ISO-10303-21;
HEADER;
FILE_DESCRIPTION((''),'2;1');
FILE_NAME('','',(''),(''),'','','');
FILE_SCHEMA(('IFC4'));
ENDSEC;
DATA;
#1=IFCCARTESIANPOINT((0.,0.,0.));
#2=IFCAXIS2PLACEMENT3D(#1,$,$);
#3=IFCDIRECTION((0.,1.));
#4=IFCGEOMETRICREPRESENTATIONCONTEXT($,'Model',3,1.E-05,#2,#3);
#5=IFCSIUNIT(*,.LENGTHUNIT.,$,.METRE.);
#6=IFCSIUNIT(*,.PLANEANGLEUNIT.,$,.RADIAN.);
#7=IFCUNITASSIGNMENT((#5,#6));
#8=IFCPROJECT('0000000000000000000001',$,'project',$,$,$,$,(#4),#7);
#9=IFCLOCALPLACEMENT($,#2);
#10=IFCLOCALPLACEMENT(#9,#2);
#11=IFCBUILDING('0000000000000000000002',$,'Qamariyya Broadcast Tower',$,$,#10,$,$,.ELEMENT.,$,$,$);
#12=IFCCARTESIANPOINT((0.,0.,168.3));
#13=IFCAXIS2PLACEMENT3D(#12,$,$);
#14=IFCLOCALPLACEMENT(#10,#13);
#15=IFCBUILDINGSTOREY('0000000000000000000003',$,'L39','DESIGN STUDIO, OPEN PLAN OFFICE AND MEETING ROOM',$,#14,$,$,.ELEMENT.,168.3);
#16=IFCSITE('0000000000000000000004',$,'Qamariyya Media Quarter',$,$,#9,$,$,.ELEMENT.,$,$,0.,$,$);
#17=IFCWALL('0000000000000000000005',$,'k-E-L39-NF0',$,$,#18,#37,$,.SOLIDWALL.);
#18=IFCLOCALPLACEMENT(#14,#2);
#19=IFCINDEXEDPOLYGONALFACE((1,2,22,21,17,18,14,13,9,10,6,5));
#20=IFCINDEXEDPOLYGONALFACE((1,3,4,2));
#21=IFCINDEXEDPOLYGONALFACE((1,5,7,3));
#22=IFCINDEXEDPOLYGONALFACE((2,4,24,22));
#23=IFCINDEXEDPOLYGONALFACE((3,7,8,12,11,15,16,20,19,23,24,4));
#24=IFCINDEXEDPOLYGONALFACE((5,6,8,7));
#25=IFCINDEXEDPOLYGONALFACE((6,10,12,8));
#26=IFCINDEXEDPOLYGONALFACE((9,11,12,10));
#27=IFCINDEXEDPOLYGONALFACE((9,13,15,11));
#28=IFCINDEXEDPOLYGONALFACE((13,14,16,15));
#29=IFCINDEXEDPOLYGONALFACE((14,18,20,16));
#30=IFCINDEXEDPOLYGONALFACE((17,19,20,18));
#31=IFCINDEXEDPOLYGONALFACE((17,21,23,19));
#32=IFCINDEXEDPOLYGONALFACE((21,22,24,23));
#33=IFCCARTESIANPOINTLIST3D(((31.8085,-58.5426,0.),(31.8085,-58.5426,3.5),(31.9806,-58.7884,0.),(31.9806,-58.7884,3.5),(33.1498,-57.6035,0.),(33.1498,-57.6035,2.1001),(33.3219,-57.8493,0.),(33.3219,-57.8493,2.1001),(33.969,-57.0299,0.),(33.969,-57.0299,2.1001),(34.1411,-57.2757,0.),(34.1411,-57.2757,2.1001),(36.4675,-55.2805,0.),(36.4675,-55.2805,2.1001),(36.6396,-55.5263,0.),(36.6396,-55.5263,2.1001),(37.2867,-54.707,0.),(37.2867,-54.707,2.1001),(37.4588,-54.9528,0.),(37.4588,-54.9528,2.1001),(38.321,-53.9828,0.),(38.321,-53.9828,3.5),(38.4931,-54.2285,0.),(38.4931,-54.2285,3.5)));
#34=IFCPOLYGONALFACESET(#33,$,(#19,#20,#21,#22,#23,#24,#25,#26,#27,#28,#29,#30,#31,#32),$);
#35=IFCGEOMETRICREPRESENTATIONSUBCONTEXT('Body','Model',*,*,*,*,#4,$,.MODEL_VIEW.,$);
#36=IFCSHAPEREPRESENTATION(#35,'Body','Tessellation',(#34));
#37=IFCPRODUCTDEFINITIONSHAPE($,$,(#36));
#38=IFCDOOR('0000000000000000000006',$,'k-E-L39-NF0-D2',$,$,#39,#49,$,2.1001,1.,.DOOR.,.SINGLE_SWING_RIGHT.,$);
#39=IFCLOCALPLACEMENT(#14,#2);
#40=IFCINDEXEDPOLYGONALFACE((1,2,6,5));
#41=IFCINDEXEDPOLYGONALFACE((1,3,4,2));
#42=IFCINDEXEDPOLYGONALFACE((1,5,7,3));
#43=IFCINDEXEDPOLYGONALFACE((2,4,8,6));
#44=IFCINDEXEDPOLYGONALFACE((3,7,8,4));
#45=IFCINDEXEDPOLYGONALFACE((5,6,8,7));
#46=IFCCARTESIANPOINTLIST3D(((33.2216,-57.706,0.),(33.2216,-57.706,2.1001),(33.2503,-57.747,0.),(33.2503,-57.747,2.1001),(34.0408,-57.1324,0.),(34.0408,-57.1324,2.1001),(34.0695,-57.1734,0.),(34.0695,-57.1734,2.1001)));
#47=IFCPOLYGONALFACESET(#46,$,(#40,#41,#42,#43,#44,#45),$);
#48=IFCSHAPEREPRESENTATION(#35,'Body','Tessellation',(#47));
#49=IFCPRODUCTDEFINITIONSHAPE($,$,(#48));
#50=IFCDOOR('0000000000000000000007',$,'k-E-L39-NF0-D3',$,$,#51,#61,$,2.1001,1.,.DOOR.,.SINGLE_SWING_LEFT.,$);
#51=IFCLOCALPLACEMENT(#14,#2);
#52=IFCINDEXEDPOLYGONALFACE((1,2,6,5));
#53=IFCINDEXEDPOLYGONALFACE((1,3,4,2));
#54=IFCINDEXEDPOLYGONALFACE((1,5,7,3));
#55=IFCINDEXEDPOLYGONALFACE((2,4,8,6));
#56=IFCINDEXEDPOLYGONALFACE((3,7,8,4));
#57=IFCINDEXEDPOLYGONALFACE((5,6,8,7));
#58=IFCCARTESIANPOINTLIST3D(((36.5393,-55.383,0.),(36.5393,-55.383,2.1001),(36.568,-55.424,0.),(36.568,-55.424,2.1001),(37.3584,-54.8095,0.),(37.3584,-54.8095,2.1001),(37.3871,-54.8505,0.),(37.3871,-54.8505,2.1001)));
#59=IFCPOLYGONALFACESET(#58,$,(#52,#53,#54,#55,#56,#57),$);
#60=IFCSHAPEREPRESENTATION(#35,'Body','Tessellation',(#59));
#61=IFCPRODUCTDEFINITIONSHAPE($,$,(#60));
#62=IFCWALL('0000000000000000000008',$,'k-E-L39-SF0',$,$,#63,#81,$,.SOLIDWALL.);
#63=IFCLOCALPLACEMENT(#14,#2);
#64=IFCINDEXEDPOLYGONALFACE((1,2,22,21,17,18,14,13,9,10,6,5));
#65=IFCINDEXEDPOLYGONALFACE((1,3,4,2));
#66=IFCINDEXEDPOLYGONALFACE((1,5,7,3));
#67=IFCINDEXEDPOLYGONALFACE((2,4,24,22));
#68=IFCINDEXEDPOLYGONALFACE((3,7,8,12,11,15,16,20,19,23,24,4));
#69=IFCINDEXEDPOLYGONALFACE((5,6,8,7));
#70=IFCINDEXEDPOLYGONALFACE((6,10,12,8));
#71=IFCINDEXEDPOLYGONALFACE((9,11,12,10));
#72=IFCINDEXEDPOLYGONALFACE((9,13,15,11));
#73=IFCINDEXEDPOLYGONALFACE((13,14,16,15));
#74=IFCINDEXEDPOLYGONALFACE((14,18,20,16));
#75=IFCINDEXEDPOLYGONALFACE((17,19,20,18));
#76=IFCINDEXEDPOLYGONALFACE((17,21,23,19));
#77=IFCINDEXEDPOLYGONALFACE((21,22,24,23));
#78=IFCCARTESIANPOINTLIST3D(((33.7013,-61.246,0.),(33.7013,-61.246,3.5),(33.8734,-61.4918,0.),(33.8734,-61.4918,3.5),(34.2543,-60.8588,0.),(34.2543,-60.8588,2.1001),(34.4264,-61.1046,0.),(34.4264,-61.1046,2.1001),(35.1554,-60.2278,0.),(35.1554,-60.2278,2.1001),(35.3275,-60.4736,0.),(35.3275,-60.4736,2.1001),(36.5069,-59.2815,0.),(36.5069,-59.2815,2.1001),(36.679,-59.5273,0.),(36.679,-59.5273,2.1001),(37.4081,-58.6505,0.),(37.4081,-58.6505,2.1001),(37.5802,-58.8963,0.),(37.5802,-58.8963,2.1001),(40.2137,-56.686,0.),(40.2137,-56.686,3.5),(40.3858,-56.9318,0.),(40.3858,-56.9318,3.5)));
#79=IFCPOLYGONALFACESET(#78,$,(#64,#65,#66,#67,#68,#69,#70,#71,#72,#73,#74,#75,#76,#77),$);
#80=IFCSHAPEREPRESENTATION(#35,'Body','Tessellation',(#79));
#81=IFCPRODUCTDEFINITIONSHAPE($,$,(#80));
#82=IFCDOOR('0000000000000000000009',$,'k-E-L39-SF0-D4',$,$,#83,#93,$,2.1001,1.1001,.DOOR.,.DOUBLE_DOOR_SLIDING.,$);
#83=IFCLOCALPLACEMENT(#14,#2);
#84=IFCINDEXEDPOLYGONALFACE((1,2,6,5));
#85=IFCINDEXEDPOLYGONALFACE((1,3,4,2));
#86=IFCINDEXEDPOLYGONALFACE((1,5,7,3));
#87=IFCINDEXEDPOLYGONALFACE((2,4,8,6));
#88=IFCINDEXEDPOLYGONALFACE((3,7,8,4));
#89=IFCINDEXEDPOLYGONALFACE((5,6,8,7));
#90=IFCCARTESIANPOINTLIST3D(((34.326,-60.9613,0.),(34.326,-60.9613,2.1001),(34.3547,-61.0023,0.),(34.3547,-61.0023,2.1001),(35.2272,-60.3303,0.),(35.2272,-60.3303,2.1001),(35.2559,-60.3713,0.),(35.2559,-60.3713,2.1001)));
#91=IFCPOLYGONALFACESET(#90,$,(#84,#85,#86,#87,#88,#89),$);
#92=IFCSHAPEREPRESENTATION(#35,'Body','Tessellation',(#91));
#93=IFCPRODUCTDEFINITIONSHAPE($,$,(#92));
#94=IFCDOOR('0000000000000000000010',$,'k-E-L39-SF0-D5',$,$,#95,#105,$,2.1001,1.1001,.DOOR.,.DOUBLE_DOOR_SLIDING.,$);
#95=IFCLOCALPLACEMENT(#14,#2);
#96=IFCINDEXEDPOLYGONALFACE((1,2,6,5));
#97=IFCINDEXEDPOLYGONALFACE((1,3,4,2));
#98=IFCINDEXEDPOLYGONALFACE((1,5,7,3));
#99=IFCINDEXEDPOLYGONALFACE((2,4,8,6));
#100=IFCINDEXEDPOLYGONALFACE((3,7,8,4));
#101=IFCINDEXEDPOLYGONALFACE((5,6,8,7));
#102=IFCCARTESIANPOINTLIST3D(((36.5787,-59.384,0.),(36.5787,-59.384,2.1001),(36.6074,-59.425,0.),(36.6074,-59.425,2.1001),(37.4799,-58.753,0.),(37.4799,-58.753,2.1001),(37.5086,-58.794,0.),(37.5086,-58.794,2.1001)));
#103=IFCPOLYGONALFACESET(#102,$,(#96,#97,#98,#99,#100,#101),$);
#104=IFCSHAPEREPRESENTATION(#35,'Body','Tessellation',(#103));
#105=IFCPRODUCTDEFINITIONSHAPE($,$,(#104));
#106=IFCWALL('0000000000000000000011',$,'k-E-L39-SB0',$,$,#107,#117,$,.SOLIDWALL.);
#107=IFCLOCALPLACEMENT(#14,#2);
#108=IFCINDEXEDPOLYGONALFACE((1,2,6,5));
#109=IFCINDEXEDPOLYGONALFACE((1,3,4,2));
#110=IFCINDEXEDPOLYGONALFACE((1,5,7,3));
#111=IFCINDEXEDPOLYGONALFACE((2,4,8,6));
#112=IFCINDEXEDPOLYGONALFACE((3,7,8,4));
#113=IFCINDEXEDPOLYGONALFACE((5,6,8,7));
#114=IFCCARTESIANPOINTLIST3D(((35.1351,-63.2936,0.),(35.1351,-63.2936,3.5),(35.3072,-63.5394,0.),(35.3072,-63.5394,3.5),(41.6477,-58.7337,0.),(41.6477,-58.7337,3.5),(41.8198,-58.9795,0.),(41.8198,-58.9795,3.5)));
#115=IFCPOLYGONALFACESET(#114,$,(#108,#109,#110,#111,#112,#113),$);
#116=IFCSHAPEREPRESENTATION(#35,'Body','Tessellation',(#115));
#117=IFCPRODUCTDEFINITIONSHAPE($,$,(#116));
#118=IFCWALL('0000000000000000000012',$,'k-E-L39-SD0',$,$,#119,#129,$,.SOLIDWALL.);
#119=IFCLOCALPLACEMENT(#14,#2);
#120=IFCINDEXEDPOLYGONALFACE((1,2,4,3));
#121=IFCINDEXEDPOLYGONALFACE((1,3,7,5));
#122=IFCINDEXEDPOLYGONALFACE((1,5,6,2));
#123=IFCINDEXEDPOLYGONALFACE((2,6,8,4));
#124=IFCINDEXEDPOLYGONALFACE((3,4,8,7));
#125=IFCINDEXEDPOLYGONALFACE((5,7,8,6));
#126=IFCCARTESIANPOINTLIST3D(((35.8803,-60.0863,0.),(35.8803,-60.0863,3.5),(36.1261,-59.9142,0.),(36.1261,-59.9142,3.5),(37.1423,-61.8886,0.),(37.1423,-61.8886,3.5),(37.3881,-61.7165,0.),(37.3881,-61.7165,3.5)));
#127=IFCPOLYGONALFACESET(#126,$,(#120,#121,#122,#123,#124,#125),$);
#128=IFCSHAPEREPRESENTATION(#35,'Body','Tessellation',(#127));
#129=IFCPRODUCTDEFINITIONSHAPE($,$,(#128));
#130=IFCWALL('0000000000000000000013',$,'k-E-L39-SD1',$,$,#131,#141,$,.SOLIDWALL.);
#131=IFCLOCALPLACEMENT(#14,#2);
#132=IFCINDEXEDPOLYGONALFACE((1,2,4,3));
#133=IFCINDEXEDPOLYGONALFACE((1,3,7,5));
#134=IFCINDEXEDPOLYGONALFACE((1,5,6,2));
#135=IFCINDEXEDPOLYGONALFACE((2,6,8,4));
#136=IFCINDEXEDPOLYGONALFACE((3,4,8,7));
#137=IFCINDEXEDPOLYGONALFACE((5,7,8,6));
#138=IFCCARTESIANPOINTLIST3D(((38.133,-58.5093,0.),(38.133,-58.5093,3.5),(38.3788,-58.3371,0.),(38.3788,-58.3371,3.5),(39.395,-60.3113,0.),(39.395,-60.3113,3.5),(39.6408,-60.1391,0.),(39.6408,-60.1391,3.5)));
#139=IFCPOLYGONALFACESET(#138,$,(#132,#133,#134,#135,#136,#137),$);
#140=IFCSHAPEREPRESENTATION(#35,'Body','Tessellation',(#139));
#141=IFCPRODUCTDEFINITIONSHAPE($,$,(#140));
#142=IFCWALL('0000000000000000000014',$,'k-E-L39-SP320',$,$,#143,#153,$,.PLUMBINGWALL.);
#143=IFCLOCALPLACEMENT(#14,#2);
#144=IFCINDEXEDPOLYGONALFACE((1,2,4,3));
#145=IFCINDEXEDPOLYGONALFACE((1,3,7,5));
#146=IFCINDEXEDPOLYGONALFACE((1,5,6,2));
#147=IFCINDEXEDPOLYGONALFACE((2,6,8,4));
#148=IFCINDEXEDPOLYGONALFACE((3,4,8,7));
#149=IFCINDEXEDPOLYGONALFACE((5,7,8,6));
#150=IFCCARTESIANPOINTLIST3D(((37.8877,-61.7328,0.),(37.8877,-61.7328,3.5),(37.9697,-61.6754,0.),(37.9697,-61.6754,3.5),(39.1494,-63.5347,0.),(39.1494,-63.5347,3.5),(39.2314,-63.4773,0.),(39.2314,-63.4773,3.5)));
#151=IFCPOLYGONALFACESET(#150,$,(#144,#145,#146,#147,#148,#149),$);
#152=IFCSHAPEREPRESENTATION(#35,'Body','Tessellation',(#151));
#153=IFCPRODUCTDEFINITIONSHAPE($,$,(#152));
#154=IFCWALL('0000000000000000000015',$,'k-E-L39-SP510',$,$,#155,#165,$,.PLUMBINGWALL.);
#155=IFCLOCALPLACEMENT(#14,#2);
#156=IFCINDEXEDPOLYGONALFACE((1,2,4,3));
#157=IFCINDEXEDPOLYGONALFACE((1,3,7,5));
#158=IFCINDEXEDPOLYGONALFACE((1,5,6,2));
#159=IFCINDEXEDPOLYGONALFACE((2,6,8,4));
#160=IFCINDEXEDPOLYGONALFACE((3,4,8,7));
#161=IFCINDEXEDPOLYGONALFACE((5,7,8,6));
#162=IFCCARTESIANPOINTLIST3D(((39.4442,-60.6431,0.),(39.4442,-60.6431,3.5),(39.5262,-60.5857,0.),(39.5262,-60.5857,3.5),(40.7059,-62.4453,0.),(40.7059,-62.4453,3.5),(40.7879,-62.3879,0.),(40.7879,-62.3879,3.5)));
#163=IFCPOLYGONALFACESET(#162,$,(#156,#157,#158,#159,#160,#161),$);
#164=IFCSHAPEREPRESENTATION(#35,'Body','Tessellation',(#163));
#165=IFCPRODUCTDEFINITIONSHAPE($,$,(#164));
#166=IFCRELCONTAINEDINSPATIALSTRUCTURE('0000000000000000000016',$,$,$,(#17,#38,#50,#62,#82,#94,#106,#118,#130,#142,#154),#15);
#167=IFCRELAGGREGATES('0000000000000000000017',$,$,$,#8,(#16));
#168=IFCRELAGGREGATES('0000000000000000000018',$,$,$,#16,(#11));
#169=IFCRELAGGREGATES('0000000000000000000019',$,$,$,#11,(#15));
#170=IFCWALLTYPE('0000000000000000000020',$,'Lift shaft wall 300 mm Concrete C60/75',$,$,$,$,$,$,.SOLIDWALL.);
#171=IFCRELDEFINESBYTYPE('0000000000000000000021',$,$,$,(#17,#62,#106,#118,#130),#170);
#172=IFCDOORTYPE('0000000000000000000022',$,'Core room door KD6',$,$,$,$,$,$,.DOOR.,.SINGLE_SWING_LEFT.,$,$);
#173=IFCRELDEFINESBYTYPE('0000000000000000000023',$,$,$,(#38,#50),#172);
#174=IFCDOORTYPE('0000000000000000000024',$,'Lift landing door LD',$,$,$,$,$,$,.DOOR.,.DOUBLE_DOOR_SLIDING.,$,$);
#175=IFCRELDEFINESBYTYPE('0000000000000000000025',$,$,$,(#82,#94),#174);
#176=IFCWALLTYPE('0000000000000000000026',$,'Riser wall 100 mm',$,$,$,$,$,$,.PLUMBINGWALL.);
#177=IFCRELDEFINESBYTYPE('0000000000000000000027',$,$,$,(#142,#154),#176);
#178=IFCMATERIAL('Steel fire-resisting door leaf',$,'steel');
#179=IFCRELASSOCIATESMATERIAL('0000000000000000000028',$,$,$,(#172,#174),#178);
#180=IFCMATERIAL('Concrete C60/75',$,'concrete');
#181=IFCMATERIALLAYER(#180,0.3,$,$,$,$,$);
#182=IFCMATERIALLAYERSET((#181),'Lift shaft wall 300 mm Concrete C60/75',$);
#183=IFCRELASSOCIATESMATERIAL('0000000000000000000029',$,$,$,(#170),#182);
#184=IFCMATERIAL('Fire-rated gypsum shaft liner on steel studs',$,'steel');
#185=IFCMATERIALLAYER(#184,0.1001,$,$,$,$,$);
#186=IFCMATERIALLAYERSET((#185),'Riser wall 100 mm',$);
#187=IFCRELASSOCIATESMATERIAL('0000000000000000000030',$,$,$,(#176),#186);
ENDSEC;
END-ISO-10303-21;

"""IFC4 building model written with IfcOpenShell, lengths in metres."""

from ifc_helpers import new_model, si_unit, direction, frame, frame_2d, origin, place, context, subcontext, project, spatial, rectangle, extrude, material, layer, layer_set, type_object, element, fill, save


model = new_model("IFC4")

# Units and contexts
model_context = context("Model", 3, precision=1e-05, world=origin(), true_north=direction((0.0, 1.0)))
body_context = subcontext(model_context, "Body", "Model", "MODEL_VIEW")
ifc_project = project(units=[si_unit("LENGTHUNIT", "METRE"), si_unit("PLANEANGLEUNIT", "RADIAN")], contexts=[model_context])

# Site, building, storey
site_placement = place(None, origin())
site = spatial("IfcSite", under=ifc_project, at=site_placement, Name="Qamariyya Media Quarter", CompositionType="ELEMENT", RefElevation=0.0)
building_placement = place(site_placement, origin())
building = spatial("IfcBuilding", under=site, at=building_placement, Name="Qamariyya Broadcast Tower", CompositionType="ELEMENT")
storey_placement = place(building_placement, frame((0.0, 0.0, 168.3)))
storey = spatial("IfcBuildingStorey", under=building, at=storey_placement, Name="L39", Description="DESIGN STUDIO, OPEN PLAN OFFICE AND MEETING ROOM", CompositionType="ELEMENT", Elevation=168.3)

# Shared definitions
ifc_material_1 = material(Name="Concrete C60/75", Category="concrete")

# Shared definitions
ifc_material_2 = material(Name="Steel fire-resisting door leaf", Category="steel")

# Walls, openings, doors
door_type_1 = type_object("IfcDoorType", Name="Core room door KD6", OperationType="SINGLE_SWING_LEFT", PredefinedType="DOOR", material=ifc_material_2)
ifc_layer_1 = layer(ifc_material_1, 0.3)
ifc_layer_set_1 = layer_set([ifc_layer_1], Name="Lift shaft wall 300 mm Concrete C60/75")
wall_type_1 = type_object("IfcWallType", Name="Lift shaft wall 300 mm Concrete C60/75", PredefinedType="SOLIDWALL", material=ifc_layer_set_1)
wall_1_placement = place(storey_placement, frame((31.8945, -58.6655, 0.0), z_axis=(0.0, 0.0, 1.0), x_axis=(0.819167, 0.573555, 0.0)))
wall_1 = element("IfcWall", 1, at=wall_1_placement, inside=storey, type_object=wall_type_1, Name="k-E-L39-NF0", PredefinedType="SOLIDWALL", context=body_context, shape_type="SweptSolid", body=[
    extrude(rectangle(XDim=7.9502, YDim=0.3, at=frame_2d((3.9751, 0.0))), origin(), (0.0, 0.0, 1.0), 3.5),
])
opening_1_placement = place(wall_1_placement, frame((1.6375, 0.0, 0.0)))
opening_1 = element("IfcOpeningElement", 2, at=opening_1_placement, cuts=wall_1, PredefinedType="OPENING", context=body_context, shape_type="SweptSolid", body=[
    extrude(rectangle(XDim=1.0, YDim=2.1001, at=frame_2d((0.5, 1.05))), frame((0.0, 0.1599, 0.0), z_axis=(0.0, -1.0, 0.0), x_axis=(1.0, 0.0, 0.0)), (0.0, 0.0, 1.0), 0.3201),
])
opening_2_placement = place(wall_1_placement, frame((5.6875, 0.0, 0.0)))
opening_2 = element("IfcOpeningElement", 3, at=opening_2_placement, cuts=wall_1, PredefinedType="OPENING", context=body_context, shape_type="SweptSolid", body=[
    extrude(rectangle(XDim=1.0, YDim=2.1001, at=frame_2d((0.5, 1.05))), frame((0.0, 0.1599, 0.0), z_axis=(0.0, -1.0, 0.0), x_axis=(1.0, 0.0, 0.0)), (0.0, 0.0, 1.0), 0.3201),
])
door_1_placement = place(opening_1_placement, origin())
door_1 = element("IfcDoor", 4, at=door_1_placement, inside=storey, type_object=door_type_1, Name="k-E-L39-NF0-D2", OperationType="SINGLE_SWING_RIGHT", OverallHeight=2.1001, OverallWidth=1.0, PredefinedType="DOOR", context=body_context, shape_type="SweptSolid", body=[
    extrude(rectangle(XDim=1.0, YDim=2.1001, at=frame_2d((0.5, 1.05))), frame((0.0, 0.0249, 0.0), z_axis=(0.0, -1.0, 0.0), x_axis=(1.0, 0.0, 0.0)), (0.0, 0.0, 1.0), 0.05),
])
fill(opening_1, door_1)
door_2_placement = place(opening_2_placement, origin())
door_2 = element("IfcDoor", 5, at=door_2_placement, inside=storey, type_object=door_type_1, Name="k-E-L39-NF0-D3", OperationType="SINGLE_SWING_LEFT", OverallHeight=2.1001, OverallWidth=1.0, PredefinedType="DOOR", context=body_context, shape_type="SweptSolid", body=[
    extrude(rectangle(XDim=1.0, YDim=2.1001, at=frame_2d((0.5, 1.05))), frame((0.0, 0.0249, 0.0), z_axis=(0.0, -1.0, 0.0), x_axis=(1.0, 0.0, 0.0)), (0.0, 0.0, 1.0), 0.05),
])
fill(opening_2, door_2)
wall_2_placement = place(storey_placement, frame((33.7874, -61.3689, 0.0), z_axis=(0.0, 0.0, 1.0), x_axis=(0.819153, 0.573576, 0.0)))
wall_2 = element("IfcWall", 6, at=wall_2_placement, inside=storey, type_object=wall_type_1, Name="k-E-L39-SF0", PredefinedType="SOLIDWALL", context=body_context, shape_type="SweptSolid", body=[
    extrude(rectangle(XDim=7.9502, YDim=0.3, at=frame_2d((3.9751, 0.0))), origin(), (0.0, 0.0, 1.0), 3.5),
])
opening_3_placement = place(wall_2_placement, frame((0.675, 0.0, 0.0)))
opening_3 = element("IfcOpeningElement", 7, at=opening_3_placement, cuts=wall_2, PredefinedType="OPENING", context=body_context, shape_type="SweptSolid", body=[
    extrude(rectangle(XDim=1.1001, YDim=2.1001, at=frame_2d((0.55, 1.05))), frame((0.0, 0.1599, 0.0), z_axis=(0.0, -1.0, 0.0), x_axis=(1.0, 0.0, 0.0)), (0.0, 0.0, 1.0), 0.3201),
])
opening_4_placement = place(wall_2_placement, frame((3.425, 0.0, 0.0)))
opening_4 = element("IfcOpeningElement", 8, at=opening_4_placement, cuts=wall_2, PredefinedType="OPENING", context=body_context, shape_type="SweptSolid", body=[
    extrude(rectangle(XDim=1.1001, YDim=2.1001, at=frame_2d((0.55, 1.05))), frame((0.0, 0.1599, 0.0), z_axis=(0.0, -1.0, 0.0), x_axis=(1.0, 0.0, 0.0)), (0.0, 0.0, 1.0), 0.3201),
])
door_type_2 = type_object("IfcDoorType", Name="Lift landing door LD", OperationType="DOUBLE_DOOR_SLIDING", PredefinedType="DOOR", material=ifc_material_2)
door_3_placement = place(opening_3_placement, origin())
door_3 = element("IfcDoor", 9, at=door_3_placement, inside=storey, type_object=door_type_2, Name="k-E-L39-SF0-D4", OperationType="DOUBLE_DOOR_SLIDING", OverallHeight=2.1001, OverallWidth=1.1001, PredefinedType="DOOR", context=body_context, shape_type="SweptSolid", body=[
    extrude(rectangle(XDim=1.1001, YDim=2.1001, at=frame_2d((0.55, 1.05))), frame((0.0, 0.0249, 0.0), z_axis=(0.0, -1.0, 0.0), x_axis=(1.0, 0.0, 0.0)), (0.0, 0.0, 1.0), 0.05),
])
fill(opening_3, door_3)
door_4_placement = place(opening_4_placement, origin())
door_4 = element("IfcDoor", 10, at=door_4_placement, inside=storey, type_object=door_type_2, Name="k-E-L39-SF0-D5", OperationType="DOUBLE_DOOR_SLIDING", OverallHeight=2.1001, OverallWidth=1.1001, PredefinedType="DOOR", context=body_context, shape_type="SweptSolid", body=[
    extrude(rectangle(XDim=1.1001, YDim=2.1001, at=frame_2d((0.55, 1.05))), frame((0.0, 0.0249, 0.0), z_axis=(0.0, -1.0, 0.0), x_axis=(1.0, 0.0, 0.0)), (0.0, 0.0, 1.0), 0.05),
])
fill(opening_4, door_4)

# Walls
wall_3_placement = place(storey_placement, frame((35.2212, -63.4165, 0.0), z_axis=(0.0, 0.0, 1.0), x_axis=(0.819167, 0.573555, 0.0)))
element("IfcWall", 11, at=wall_3_placement, inside=storey, type_object=wall_type_1, Name="k-E-L39-SB0", PredefinedType="SOLIDWALL", context=body_context, shape_type="SweptSolid", body=[
    extrude(rectangle(XDim=7.9502, YDim=0.3, at=frame_2d((3.9751, 0.0))), origin(), (0.0, 0.0, 1.0), 3.5),
])
wall_4_placement = place(storey_placement, frame((36.0032, -60.0002, 0.0), z_axis=(0.0, 0.0, 1.0), x_axis=(0.573581, -0.819149, 0.0)))
element("IfcWall", 12, at=wall_4_placement, inside=storey, type_object=wall_type_1, Name="k-E-L39-SD0", PredefinedType="SOLIDWALL", context=body_context, shape_type="SweptSolid", body=[
    extrude(rectangle(XDim=2.2002, YDim=0.3, at=frame_2d((1.1001, 0.0))), origin(), (0.0, 0.0, 1.0), 3.5),
])
wall_5_placement = place(storey_placement, frame((38.2559, -58.4231, 0.0), z_axis=(0.0, 0.0, 1.0), x_axis=(0.573634, -0.819112, 0.0)))
element("IfcWall", 13, at=wall_5_placement, inside=storey, type_object=wall_type_1, Name="k-E-L39-SD1", PredefinedType="SOLIDWALL", context=body_context, shape_type="SweptSolid", body=[
    extrude(rectangle(XDim=2.2, YDim=0.3, at=frame_2d((1.1001, 0.0))), origin(), (0.0, 0.0, 1.0), 3.5),
])
ifc_material_3 = material(Name="Fire-rated gypsum shaft liner on steel studs", Category="steel")
ifc_layer_2 = layer(ifc_material_3, 0.1001)
ifc_layer_set_2 = layer_set([ifc_layer_2], Name="Riser wall 100 mm")
wall_type_2 = type_object("IfcWallType", Name="Riser wall 100 mm", PredefinedType="PLUMBINGWALL", material=ifc_layer_set_2)
wall_6_placement = place(storey_placement, frame((37.9287, -61.7041, 0.0), z_axis=(0.0, 0.0, 1.0), x_axis=(0.573559, -0.819164, 0.0)))
element("IfcWall", 14, at=wall_6_placement, inside=storey, type_object=wall_type_2, Name="k-E-L39-SP320", PredefinedType="PLUMBINGWALL", context=body_context, shape_type="SweptSolid", body=[
    extrude(rectangle(XDim=2.1997, YDim=0.1001, at=frame_2d((1.0999, 0.0))), origin(), (0.0, 0.0, 1.0), 3.5),
])
wall_7_placement = place(storey_placement, frame((39.4851, -60.6143, 0.0), z_axis=(0.0, 0.0, 1.0), x_axis=(0.573507, -0.819201, 0.0)))
element("IfcWall", 15, at=wall_7_placement, inside=storey, type_object=wall_type_2, Name="k-E-L39-SP510", PredefinedType="PLUMBINGWALL", context=body_context, shape_type="SweptSolid", body=[
    extrude(rectangle(XDim=2.2, YDim=0.1001, at=frame_2d((1.1001, 0.0))), origin(), (0.0, 0.0, 1.0), 3.5),
])

save(model, "model.ifc")
